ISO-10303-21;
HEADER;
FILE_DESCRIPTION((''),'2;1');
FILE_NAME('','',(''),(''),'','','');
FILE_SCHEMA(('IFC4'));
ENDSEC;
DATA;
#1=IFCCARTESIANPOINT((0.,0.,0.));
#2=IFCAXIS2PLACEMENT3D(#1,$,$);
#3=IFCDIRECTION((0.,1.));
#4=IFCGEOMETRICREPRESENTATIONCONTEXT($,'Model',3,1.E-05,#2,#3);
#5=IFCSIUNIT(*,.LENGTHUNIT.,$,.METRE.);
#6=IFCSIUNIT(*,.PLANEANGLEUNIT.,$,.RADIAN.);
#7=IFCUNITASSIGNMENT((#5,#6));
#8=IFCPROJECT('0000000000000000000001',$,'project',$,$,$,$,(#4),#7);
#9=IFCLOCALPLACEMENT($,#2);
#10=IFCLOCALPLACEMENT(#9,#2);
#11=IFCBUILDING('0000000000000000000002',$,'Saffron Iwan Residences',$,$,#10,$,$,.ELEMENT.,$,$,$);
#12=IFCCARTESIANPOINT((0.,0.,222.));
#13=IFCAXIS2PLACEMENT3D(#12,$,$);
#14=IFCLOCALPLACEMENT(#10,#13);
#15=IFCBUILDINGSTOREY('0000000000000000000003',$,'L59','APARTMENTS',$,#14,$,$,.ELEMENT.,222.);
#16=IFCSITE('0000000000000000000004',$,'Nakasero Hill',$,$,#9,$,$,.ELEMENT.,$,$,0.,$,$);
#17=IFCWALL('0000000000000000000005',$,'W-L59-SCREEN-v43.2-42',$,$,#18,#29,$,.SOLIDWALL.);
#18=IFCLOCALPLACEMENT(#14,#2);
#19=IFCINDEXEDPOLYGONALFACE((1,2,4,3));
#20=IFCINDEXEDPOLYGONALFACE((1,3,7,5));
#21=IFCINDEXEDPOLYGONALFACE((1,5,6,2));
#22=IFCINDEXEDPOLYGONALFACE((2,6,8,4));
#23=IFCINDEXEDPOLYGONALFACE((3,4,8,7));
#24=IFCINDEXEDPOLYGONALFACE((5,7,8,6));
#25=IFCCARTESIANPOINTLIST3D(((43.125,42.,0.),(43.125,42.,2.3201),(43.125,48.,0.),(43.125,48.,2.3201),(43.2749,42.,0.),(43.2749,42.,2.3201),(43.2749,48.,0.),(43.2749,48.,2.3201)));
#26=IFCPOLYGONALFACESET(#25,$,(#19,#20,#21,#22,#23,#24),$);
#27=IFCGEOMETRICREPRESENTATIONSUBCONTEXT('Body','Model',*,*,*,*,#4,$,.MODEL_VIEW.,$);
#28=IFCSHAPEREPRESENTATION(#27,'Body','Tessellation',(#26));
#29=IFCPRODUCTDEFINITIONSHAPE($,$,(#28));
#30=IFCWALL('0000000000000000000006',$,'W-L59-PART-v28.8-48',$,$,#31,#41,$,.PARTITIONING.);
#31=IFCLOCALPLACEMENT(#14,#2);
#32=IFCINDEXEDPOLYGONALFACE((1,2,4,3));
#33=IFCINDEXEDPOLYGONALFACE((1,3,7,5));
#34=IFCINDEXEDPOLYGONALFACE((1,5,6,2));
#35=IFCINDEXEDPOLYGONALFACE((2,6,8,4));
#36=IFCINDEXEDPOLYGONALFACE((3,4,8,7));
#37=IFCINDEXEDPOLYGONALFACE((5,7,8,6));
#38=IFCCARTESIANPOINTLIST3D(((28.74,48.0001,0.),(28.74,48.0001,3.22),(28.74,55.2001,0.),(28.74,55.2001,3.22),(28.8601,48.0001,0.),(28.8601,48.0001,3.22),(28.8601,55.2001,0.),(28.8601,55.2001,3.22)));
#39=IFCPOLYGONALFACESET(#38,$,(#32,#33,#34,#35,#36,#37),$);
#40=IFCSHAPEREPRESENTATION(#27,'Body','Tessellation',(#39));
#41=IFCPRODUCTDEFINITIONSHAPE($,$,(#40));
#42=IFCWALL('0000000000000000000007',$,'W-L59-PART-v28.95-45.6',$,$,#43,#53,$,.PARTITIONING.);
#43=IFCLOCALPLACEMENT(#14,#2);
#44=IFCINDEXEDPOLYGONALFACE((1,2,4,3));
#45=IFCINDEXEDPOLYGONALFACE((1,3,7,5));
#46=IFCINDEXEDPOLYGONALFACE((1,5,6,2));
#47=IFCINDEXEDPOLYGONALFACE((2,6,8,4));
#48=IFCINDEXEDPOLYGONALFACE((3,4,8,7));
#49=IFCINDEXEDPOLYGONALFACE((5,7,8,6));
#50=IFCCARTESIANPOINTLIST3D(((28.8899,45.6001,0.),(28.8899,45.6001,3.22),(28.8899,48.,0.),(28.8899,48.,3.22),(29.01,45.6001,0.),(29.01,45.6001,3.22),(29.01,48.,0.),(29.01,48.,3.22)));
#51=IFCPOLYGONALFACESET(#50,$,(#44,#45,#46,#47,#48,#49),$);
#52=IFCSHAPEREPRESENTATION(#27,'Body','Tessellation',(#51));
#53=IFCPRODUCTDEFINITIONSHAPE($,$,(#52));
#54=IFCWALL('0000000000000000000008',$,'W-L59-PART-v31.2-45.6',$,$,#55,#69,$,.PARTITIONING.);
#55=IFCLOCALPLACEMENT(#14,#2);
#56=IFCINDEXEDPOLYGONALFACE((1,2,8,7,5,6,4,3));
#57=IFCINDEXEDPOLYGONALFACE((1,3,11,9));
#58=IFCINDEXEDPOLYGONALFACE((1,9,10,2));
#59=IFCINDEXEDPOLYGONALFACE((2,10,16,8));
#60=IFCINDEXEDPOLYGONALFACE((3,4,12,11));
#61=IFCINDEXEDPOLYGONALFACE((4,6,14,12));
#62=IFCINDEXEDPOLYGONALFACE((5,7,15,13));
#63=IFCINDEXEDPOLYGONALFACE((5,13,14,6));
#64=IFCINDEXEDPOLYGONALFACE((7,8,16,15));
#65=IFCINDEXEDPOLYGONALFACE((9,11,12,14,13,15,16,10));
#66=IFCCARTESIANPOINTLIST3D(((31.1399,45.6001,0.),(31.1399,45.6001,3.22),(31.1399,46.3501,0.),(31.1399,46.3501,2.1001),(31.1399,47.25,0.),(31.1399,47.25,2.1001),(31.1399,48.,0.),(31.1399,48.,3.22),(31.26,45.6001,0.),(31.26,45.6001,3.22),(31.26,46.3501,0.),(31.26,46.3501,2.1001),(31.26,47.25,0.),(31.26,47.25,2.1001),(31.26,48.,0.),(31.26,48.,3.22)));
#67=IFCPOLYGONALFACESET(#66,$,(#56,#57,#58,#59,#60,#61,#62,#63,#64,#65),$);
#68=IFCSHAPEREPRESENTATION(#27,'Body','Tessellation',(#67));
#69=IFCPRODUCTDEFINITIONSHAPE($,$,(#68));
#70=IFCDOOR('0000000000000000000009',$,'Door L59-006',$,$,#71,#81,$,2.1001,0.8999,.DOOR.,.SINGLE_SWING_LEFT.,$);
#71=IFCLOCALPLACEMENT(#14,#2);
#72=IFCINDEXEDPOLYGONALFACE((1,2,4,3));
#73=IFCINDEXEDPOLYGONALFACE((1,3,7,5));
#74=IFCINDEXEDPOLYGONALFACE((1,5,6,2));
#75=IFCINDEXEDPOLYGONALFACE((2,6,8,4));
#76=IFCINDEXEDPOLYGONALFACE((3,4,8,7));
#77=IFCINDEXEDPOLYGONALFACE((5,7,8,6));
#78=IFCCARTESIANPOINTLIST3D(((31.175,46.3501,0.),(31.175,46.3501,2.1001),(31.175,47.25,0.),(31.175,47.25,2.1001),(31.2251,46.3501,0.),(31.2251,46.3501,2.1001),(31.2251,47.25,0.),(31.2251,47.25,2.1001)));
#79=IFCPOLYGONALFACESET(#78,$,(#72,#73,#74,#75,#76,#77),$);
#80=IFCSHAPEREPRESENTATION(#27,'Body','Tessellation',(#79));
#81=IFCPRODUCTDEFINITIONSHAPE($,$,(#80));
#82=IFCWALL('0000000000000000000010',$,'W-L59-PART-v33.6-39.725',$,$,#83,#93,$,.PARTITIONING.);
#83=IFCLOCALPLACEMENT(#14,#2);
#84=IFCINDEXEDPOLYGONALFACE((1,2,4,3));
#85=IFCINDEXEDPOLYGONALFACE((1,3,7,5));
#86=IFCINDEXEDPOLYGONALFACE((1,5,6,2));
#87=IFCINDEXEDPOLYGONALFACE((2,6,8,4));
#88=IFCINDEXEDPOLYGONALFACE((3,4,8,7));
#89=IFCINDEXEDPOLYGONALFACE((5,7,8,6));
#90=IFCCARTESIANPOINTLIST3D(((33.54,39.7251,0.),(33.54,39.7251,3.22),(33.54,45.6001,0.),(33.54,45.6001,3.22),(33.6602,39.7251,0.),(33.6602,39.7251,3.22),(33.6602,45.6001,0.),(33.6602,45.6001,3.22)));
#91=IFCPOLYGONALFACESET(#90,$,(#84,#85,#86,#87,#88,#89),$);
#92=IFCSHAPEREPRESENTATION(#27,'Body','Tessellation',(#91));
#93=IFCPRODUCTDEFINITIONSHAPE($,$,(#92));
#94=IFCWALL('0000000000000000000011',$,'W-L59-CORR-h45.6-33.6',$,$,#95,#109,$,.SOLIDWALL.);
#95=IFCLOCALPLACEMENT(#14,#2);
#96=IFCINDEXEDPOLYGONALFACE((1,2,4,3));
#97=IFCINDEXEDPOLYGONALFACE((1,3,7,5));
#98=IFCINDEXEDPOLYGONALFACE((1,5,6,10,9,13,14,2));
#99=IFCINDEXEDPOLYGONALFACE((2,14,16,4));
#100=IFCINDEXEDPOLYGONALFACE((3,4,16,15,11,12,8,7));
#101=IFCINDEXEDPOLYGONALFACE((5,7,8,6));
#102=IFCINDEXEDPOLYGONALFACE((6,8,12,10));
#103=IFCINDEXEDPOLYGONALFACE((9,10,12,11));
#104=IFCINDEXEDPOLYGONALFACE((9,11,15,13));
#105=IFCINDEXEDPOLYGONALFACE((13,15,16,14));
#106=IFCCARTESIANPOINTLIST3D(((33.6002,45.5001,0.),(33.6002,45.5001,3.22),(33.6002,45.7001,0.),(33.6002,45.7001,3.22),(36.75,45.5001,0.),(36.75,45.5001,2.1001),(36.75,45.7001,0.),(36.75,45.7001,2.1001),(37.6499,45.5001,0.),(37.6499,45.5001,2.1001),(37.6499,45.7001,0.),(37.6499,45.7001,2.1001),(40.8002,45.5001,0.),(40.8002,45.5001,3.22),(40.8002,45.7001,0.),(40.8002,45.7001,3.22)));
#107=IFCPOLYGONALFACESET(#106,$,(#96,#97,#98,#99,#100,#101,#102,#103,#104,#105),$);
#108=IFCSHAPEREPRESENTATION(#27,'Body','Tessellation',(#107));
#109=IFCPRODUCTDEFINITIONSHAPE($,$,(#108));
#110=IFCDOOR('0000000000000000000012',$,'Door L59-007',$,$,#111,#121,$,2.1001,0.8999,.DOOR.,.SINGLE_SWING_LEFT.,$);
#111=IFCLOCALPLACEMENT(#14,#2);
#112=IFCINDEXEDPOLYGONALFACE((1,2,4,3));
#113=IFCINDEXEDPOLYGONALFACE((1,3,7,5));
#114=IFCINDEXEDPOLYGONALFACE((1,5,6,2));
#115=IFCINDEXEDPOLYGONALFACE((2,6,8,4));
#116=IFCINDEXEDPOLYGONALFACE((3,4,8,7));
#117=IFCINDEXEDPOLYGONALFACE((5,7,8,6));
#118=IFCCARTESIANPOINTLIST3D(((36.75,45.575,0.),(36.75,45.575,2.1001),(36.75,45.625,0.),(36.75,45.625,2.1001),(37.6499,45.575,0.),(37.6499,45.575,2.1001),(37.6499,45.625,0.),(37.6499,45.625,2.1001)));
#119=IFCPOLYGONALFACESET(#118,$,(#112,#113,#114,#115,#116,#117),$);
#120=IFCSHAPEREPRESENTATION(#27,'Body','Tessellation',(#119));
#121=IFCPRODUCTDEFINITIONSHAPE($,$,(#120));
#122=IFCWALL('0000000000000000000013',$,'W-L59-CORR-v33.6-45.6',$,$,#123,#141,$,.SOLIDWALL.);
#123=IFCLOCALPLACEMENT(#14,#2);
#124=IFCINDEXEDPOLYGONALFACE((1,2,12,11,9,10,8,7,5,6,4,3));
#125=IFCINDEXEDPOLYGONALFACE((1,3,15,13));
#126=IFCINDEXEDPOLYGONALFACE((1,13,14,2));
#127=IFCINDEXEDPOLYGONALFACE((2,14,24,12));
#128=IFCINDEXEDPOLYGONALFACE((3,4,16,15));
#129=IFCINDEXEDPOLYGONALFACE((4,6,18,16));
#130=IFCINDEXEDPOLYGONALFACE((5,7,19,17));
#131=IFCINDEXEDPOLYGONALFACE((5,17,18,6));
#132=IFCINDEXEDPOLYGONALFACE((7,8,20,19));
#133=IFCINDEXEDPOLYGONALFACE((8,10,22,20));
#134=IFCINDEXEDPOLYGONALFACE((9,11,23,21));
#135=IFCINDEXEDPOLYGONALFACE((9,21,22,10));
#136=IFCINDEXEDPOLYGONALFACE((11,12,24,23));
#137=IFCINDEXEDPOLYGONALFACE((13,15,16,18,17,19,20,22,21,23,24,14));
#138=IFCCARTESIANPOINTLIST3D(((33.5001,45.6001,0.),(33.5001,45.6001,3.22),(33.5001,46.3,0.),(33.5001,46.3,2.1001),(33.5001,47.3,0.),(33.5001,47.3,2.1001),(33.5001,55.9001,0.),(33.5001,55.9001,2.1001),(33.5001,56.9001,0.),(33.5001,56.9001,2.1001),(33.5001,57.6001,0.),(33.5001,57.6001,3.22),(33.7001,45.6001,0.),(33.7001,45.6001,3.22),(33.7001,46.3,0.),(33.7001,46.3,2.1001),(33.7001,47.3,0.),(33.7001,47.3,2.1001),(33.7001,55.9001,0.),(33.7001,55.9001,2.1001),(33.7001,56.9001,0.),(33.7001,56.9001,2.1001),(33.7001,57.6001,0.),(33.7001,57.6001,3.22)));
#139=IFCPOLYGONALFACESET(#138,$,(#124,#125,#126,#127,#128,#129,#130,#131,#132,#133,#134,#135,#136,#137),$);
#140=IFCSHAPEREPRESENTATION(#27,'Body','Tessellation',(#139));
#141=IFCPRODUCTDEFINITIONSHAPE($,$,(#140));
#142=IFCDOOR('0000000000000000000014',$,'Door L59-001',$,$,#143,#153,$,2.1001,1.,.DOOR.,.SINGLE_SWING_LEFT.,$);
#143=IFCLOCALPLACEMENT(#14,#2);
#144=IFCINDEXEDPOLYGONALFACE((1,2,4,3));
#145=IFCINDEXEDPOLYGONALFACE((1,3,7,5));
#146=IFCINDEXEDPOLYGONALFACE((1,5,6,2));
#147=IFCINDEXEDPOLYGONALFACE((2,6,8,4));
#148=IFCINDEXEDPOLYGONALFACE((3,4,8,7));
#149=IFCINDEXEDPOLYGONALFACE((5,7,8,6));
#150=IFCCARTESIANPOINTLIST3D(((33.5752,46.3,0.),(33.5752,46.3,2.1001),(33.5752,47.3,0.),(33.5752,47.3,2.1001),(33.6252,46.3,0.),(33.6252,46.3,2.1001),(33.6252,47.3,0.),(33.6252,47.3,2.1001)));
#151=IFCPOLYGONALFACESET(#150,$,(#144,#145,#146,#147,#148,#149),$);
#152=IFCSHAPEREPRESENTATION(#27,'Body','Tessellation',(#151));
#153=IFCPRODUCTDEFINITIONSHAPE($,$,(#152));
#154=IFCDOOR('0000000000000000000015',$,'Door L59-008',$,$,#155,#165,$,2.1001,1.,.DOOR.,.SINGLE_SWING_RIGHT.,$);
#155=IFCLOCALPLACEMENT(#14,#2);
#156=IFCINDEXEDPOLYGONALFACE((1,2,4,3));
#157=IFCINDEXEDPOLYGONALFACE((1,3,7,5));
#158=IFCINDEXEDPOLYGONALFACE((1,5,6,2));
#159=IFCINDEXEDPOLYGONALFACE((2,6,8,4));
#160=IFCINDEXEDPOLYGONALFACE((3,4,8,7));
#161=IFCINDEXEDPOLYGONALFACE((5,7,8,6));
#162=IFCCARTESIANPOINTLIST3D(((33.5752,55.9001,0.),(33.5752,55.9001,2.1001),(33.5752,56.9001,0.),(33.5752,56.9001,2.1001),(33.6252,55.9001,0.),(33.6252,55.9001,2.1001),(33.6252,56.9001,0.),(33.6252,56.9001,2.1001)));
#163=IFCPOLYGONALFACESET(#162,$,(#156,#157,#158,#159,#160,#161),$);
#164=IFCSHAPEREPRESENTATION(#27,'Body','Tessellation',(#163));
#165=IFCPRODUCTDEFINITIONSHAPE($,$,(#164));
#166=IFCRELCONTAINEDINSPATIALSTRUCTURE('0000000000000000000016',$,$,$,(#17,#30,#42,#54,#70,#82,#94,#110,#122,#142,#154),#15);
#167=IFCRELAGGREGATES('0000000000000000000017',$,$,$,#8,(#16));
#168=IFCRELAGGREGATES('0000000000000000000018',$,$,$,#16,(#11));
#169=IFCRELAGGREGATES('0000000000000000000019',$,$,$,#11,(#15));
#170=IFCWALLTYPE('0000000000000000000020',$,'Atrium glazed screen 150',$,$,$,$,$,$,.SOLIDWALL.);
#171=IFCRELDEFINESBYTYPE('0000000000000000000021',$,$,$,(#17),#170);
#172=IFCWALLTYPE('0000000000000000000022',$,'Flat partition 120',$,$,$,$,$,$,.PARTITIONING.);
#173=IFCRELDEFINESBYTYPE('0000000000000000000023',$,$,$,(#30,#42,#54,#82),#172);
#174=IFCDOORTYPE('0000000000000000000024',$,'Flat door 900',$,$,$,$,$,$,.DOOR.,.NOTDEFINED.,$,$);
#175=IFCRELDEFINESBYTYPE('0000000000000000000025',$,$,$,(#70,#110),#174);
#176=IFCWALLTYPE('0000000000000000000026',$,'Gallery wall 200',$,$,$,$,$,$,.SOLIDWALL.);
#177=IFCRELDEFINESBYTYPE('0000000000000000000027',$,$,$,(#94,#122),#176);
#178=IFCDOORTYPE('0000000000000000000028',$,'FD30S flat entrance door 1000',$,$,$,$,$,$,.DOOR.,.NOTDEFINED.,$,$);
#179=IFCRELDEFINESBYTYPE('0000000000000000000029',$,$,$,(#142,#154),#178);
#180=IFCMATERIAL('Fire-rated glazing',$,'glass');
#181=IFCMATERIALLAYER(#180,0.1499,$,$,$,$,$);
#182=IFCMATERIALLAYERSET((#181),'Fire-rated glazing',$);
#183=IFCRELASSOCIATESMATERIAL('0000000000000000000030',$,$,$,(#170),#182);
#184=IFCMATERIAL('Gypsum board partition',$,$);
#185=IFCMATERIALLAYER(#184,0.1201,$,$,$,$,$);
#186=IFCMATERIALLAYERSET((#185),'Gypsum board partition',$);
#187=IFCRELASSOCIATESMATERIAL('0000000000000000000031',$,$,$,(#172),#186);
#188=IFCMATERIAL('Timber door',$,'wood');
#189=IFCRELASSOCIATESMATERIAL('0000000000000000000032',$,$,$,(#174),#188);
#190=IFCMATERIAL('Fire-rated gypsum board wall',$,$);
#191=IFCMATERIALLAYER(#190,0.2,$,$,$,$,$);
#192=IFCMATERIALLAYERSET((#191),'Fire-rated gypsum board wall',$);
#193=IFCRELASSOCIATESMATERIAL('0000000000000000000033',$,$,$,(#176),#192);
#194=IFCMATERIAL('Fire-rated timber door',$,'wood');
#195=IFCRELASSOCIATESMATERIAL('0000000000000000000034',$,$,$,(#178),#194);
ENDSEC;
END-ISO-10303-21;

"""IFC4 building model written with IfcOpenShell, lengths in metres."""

from ifc_helpers import new_model, si_unit, direction, frame, frame_2d, origin, place, context, subcontext, project, spatial, rectangle, extrude, material, layer, layer_set, type_object, element, fill, save


model = new_model("IFC4")

# Units and contexts
model_context = context("Model", 3, precision=1e-05, world=origin(), true_north=direction((0.0, 1.0)))
body_context = subcontext(model_context, "Body", "Model", "MODEL_VIEW")
ifc_project = project(units=[si_unit("LENGTHUNIT", "METRE"), si_unit("PLANEANGLEUNIT", "RADIAN")], contexts=[model_context])

# Site, building, storey
site_placement = place(None, origin())
site = spatial("IfcSite", under=ifc_project, at=site_placement, Name="Nakasero Hill", CompositionType="ELEMENT", RefElevation=0.0)
building_placement = place(site_placement, origin())
building = spatial("IfcBuilding", under=site, at=building_placement, Name="Saffron Iwan Residences", CompositionType="ELEMENT")
storey_placement = place(building_placement, frame((0.0, 0.0, 222.0)))
storey = spatial("IfcBuildingStorey", under=building, at=storey_placement, Name="L59", Description="APARTMENTS", CompositionType="ELEMENT", Elevation=222.0)

# Walls
ifc_material_1 = material(Name="Fire-rated glazing", Category="glass")
ifc_layer_1 = layer(ifc_material_1, 0.1499)
ifc_layer_set_1 = layer_set([ifc_layer_1], Name="Fire-rated glazing")
wall_type_1 = type_object("IfcWallType", Name="Atrium glazed screen 150", PredefinedType="SOLIDWALL", material=ifc_layer_set_1)
wall_1_placement = place(storey_placement, frame((43.2, 42.0, 0.0), z_axis=(0.0, 0.0, 1.0), x_axis=(0.0, 1.0, 0.0)))
element("IfcWall", 1, at=wall_1_placement, inside=storey, type_object=wall_type_1, Name="W-L59-SCREEN-v43.2-42", PredefinedType="SOLIDWALL", context=body_context, shape_type="SweptSolid", body=[
    extrude(rectangle(XDim=6.0, YDim=0.1499, at=frame_2d((3.0, 0.0))), origin(), (0.0, 0.0, 1.0), 2.3201),
])
ifc_material_2 = material(Name="Gypsum board partition")
ifc_layer_2 = layer(ifc_material_2, 0.1201)
ifc_layer_set_2 = layer_set([ifc_layer_2], Name="Gypsum board partition")
wall_type_2 = type_object("IfcWallType", Name="Flat partition 120", PredefinedType="PARTITIONING", material=ifc_layer_set_2)
wall_2_placement = place(storey_placement, frame((28.8, 48.0, 0.0), z_axis=(0.0, 0.0, 1.0), x_axis=(0.0, 1.0, 0.0)))
element("IfcWall", 2, at=wall_2_placement, inside=storey, type_object=wall_type_2, Name="W-L59-PART-v28.8-48", PredefinedType="PARTITIONING", context=body_context, shape_type="SweptSolid", body=[
    extrude(rectangle(XDim=7.2, YDim=0.1201, at=frame_2d((3.6001, 0.0))), origin(), (0.0, 0.0, 1.0), 3.22),
])
wall_3_placement = place(storey_placement, frame((28.95, 45.6001, 0.0), z_axis=(0.0, 0.0, 1.0), x_axis=(0.0, 1.0, 0.0)))
element("IfcWall", 3, at=wall_3_placement, inside=storey, type_object=wall_type_2, Name="W-L59-PART-v28.95-45.6", PredefinedType="PARTITIONING", context=body_context, shape_type="SweptSolid", body=[
    extrude(rectangle(XDim=2.3999, YDim=0.1201, at=frame_2d((1.2, 0.0))), origin(), (0.0, 0.0, 1.0), 3.22),
])

# Wall, opening, door
wall_4_placement = place(storey_placement, frame((31.2, 45.6001, 0.0), z_axis=(0.0, 0.0, 1.0), x_axis=(0.0, 1.0, 0.0)))
wall_4 = element("IfcWall", 4, at=wall_4_placement, inside=storey, type_object=wall_type_2, Name="W-L59-PART-v31.2-45.6", PredefinedType="PARTITIONING", context=body_context, shape_type="SweptSolid", body=[
    extrude(rectangle(XDim=2.3999, YDim=0.1201, at=frame_2d((1.2, 0.0))), origin(), (0.0, 0.0, 1.0), 3.22),
])
opening_1_placement = place(wall_4_placement, frame((0.75, 0.0, 0.0)))
opening_1 = element("IfcOpeningElement", 5, at=opening_1_placement, cuts=wall_4, PredefinedType="OPENING", context=body_context, shape_type="SweptSolid", body=[
    extrude(rectangle(XDim=0.8999, YDim=2.1001, at=frame_2d((0.45, 1.05))), frame((0.0, 0.0701, 0.0), z_axis=(0.0, -1.0, 0.0), x_axis=(1.0, 0.0, 0.0)), (0.0, 0.0, 1.0), 0.1401),
])
ifc_material_3 = material(Name="Timber door", Category="wood")
door_type_1 = type_object("IfcDoorType", Name="Flat door 900", OperationType="NOTDEFINED", PredefinedType="DOOR", material=ifc_material_3)
door_1_placement = place(opening_1_placement, origin())
door_1 = element("IfcDoor", 6, at=door_1_placement, inside=storey, type_object=door_type_1, Name="Door L59-006", OperationType="SINGLE_SWING_LEFT", OverallHeight=2.1001, OverallWidth=0.8999, PredefinedType="DOOR", context=body_context, shape_type="SweptSolid", body=[
    extrude(rectangle(XDim=0.8999, YDim=2.1001, at=frame_2d((0.45, 1.05))), frame((0.0, 0.0249, 0.0), z_axis=(0.0, -1.0, 0.0), x_axis=(1.0, 0.0, 0.0)), (0.0, 0.0, 1.0), 0.05),
])
fill(opening_1, door_1)

# Wall
wall_5_placement = place(storey_placement, frame((33.6001, 39.7251, 0.0), z_axis=(0.0, 0.0, 1.0), x_axis=(0.0, 1.0, 0.0)))
element("IfcWall", 7, at=wall_5_placement, inside=storey, type_object=wall_type_2, Name="W-L59-PART-v33.6-39.725", PredefinedType="PARTITIONING", context=body_context, shape_type="SweptSolid", body=[
    extrude(rectangle(XDim=5.875, YDim=0.1201, at=frame_2d((2.9375, 0.0))), origin(), (0.0, 0.0, 1.0), 3.22),
])

# Wall, opening, door
ifc_material_4 = material(Name="Fire-rated gypsum board wall")
ifc_layer_3 = layer(ifc_material_4, 0.2)
ifc_layer_set_3 = layer_set([ifc_layer_3], Name="Fire-rated gypsum board wall")
wall_type_3 = type_object("IfcWallType", Name="Gallery wall 200", PredefinedType="SOLIDWALL", material=ifc_layer_set_3)
wall_6_placement = place(storey_placement, frame((33.6001, 45.6001, 0.0), z_axis=(0.0, 0.0, 1.0), x_axis=(1.0, 0.0, 0.0)))
wall_6 = element("IfcWall", 8, at=wall_6_placement, inside=storey, type_object=wall_type_3, Name="W-L59-CORR-h45.6-33.6", PredefinedType="SOLIDWALL", context=body_context, shape_type="SweptSolid", body=[
    extrude(rectangle(XDim=7.2, YDim=0.2, at=frame_2d((3.6001, 0.0))), origin(), (0.0, 0.0, 1.0), 3.22),
])
opening_2_placement = place(wall_6_placement, frame((3.1499, 0.0, 0.0)))
opening_2 = element("IfcOpeningElement", 9, at=opening_2_placement, cuts=wall_6, PredefinedType="OPENING", context=body_context, shape_type="SweptSolid", body=[
    extrude(rectangle(XDim=0.8999, YDim=2.1001, at=frame_2d((0.45, 1.05))), frame((0.0, 0.1099, 0.0), z_axis=(0.0, -1.0, 0.0), x_axis=(1.0, 0.0, 0.0)), (0.0, 0.0, 1.0), 0.22),
])
door_2_placement = place(opening_2_placement, origin())
door_2 = element("IfcDoor", 10, at=door_2_placement, inside=storey, type_object=door_type_1, Name="Door L59-007", OperationType="SINGLE_SWING_LEFT", OverallHeight=2.1001, OverallWidth=0.8999, PredefinedType="DOOR", context=body_context, shape_type="SweptSolid", body=[
    extrude(rectangle(XDim=0.8999, YDim=2.1001, at=frame_2d((0.45, 1.05))), frame((0.0, 0.0249, 0.0), z_axis=(0.0, -1.0, 0.0), x_axis=(1.0, 0.0, 0.0)), (0.0, 0.0, 1.0), 0.05),
])
fill(opening_2, door_2)

# Wall, openings, doors
wall_7_placement = place(storey_placement, frame((33.6001, 45.6001, 0.0), z_axis=(0.0, 0.0, 1.0), x_axis=(0.0, 1.0, 0.0)))
wall_7 = element("IfcWall", 11, at=wall_7_placement, inside=storey, type_object=wall_type_3, Name="W-L59-CORR-v33.6-45.6", PredefinedType="SOLIDWALL", context=body_context, shape_type="SweptSolid", body=[
    extrude(rectangle(XDim=12.0, YDim=0.2, at=frame_2d((6.0, 0.0))), origin(), (0.0, 0.0, 1.0), 3.22),
])
opening_3_placement = place(wall_7_placement, frame((0.7, 0.0, 0.0)))
opening_3 = element("IfcOpeningElement", 12, at=opening_3_placement, cuts=wall_7, PredefinedType="OPENING", context=body_context, shape_type="SweptSolid", body=[
    extrude(rectangle(XDim=1.0, YDim=2.1001, at=frame_2d((0.5, 1.05))), frame((0.0, 0.1099, 0.0), z_axis=(0.0, -1.0, 0.0), x_axis=(1.0, 0.0, 0.0)), (0.0, 0.0, 1.0), 0.22),
])
opening_4_placement = place(wall_7_placement, frame((10.3, 0.0, 0.0)))
opening_4 = element("IfcOpeningElement", 13, at=opening_4_placement, cuts=wall_7, PredefinedType="OPENING", context=body_context, shape_type="SweptSolid", body=[
    extrude(rectangle(XDim=1.0, YDim=2.1001, at=frame_2d((0.5, 1.05))), frame((0.0, 0.1099, 0.0), z_axis=(0.0, -1.0, 0.0), x_axis=(1.0, 0.0, 0.0)), (0.0, 0.0, 1.0), 0.22),
])
ifc_material_5 = material(Name="Fire-rated timber door", Category="wood")
door_type_2 = type_object("IfcDoorType", Name="FD30S flat entrance door 1000", OperationType="NOTDEFINED", PredefinedType="DOOR", material=ifc_material_5)
door_3_placement = place(opening_3_placement, origin())
door_3 = element("IfcDoor", 14, at=door_3_placement, inside=storey, type_object=door_type_2, Name="Door L59-001", OperationType="SINGLE_SWING_LEFT", OverallHeight=2.1001, OverallWidth=1.0, PredefinedType="DOOR", context=body_context, shape_type="SweptSolid", body=[
    extrude(rectangle(XDim=1.0, YDim=2.1001, at=frame_2d((0.5, 1.05))), frame((0.0, 0.0249, 0.0), z_axis=(0.0, -1.0, 0.0), x_axis=(1.0, 0.0, 0.0)), (0.0, 0.0, 1.0), 0.05),
])
fill(opening_3, door_3)
door_4_placement = place(opening_4_placement, origin())
door_4 = element("IfcDoor", 15, at=door_4_placement, inside=storey, type_object=door_type_2, Name="Door L59-008", OperationType="SINGLE_SWING_RIGHT", OverallHeight=2.1001, OverallWidth=1.0, PredefinedType="DOOR", context=body_context, shape_type="SweptSolid", body=[
    extrude(rectangle(XDim=1.0, YDim=2.1001, at=frame_2d((0.5, 1.05))), frame((0.0, 0.0249, 0.0), z_axis=(0.0, -1.0, 0.0), x_axis=(1.0, 0.0, 0.0)), (0.0, 0.0, 1.0), 0.05),
])
fill(opening_4, door_4)

save(model, "model.ifc")
